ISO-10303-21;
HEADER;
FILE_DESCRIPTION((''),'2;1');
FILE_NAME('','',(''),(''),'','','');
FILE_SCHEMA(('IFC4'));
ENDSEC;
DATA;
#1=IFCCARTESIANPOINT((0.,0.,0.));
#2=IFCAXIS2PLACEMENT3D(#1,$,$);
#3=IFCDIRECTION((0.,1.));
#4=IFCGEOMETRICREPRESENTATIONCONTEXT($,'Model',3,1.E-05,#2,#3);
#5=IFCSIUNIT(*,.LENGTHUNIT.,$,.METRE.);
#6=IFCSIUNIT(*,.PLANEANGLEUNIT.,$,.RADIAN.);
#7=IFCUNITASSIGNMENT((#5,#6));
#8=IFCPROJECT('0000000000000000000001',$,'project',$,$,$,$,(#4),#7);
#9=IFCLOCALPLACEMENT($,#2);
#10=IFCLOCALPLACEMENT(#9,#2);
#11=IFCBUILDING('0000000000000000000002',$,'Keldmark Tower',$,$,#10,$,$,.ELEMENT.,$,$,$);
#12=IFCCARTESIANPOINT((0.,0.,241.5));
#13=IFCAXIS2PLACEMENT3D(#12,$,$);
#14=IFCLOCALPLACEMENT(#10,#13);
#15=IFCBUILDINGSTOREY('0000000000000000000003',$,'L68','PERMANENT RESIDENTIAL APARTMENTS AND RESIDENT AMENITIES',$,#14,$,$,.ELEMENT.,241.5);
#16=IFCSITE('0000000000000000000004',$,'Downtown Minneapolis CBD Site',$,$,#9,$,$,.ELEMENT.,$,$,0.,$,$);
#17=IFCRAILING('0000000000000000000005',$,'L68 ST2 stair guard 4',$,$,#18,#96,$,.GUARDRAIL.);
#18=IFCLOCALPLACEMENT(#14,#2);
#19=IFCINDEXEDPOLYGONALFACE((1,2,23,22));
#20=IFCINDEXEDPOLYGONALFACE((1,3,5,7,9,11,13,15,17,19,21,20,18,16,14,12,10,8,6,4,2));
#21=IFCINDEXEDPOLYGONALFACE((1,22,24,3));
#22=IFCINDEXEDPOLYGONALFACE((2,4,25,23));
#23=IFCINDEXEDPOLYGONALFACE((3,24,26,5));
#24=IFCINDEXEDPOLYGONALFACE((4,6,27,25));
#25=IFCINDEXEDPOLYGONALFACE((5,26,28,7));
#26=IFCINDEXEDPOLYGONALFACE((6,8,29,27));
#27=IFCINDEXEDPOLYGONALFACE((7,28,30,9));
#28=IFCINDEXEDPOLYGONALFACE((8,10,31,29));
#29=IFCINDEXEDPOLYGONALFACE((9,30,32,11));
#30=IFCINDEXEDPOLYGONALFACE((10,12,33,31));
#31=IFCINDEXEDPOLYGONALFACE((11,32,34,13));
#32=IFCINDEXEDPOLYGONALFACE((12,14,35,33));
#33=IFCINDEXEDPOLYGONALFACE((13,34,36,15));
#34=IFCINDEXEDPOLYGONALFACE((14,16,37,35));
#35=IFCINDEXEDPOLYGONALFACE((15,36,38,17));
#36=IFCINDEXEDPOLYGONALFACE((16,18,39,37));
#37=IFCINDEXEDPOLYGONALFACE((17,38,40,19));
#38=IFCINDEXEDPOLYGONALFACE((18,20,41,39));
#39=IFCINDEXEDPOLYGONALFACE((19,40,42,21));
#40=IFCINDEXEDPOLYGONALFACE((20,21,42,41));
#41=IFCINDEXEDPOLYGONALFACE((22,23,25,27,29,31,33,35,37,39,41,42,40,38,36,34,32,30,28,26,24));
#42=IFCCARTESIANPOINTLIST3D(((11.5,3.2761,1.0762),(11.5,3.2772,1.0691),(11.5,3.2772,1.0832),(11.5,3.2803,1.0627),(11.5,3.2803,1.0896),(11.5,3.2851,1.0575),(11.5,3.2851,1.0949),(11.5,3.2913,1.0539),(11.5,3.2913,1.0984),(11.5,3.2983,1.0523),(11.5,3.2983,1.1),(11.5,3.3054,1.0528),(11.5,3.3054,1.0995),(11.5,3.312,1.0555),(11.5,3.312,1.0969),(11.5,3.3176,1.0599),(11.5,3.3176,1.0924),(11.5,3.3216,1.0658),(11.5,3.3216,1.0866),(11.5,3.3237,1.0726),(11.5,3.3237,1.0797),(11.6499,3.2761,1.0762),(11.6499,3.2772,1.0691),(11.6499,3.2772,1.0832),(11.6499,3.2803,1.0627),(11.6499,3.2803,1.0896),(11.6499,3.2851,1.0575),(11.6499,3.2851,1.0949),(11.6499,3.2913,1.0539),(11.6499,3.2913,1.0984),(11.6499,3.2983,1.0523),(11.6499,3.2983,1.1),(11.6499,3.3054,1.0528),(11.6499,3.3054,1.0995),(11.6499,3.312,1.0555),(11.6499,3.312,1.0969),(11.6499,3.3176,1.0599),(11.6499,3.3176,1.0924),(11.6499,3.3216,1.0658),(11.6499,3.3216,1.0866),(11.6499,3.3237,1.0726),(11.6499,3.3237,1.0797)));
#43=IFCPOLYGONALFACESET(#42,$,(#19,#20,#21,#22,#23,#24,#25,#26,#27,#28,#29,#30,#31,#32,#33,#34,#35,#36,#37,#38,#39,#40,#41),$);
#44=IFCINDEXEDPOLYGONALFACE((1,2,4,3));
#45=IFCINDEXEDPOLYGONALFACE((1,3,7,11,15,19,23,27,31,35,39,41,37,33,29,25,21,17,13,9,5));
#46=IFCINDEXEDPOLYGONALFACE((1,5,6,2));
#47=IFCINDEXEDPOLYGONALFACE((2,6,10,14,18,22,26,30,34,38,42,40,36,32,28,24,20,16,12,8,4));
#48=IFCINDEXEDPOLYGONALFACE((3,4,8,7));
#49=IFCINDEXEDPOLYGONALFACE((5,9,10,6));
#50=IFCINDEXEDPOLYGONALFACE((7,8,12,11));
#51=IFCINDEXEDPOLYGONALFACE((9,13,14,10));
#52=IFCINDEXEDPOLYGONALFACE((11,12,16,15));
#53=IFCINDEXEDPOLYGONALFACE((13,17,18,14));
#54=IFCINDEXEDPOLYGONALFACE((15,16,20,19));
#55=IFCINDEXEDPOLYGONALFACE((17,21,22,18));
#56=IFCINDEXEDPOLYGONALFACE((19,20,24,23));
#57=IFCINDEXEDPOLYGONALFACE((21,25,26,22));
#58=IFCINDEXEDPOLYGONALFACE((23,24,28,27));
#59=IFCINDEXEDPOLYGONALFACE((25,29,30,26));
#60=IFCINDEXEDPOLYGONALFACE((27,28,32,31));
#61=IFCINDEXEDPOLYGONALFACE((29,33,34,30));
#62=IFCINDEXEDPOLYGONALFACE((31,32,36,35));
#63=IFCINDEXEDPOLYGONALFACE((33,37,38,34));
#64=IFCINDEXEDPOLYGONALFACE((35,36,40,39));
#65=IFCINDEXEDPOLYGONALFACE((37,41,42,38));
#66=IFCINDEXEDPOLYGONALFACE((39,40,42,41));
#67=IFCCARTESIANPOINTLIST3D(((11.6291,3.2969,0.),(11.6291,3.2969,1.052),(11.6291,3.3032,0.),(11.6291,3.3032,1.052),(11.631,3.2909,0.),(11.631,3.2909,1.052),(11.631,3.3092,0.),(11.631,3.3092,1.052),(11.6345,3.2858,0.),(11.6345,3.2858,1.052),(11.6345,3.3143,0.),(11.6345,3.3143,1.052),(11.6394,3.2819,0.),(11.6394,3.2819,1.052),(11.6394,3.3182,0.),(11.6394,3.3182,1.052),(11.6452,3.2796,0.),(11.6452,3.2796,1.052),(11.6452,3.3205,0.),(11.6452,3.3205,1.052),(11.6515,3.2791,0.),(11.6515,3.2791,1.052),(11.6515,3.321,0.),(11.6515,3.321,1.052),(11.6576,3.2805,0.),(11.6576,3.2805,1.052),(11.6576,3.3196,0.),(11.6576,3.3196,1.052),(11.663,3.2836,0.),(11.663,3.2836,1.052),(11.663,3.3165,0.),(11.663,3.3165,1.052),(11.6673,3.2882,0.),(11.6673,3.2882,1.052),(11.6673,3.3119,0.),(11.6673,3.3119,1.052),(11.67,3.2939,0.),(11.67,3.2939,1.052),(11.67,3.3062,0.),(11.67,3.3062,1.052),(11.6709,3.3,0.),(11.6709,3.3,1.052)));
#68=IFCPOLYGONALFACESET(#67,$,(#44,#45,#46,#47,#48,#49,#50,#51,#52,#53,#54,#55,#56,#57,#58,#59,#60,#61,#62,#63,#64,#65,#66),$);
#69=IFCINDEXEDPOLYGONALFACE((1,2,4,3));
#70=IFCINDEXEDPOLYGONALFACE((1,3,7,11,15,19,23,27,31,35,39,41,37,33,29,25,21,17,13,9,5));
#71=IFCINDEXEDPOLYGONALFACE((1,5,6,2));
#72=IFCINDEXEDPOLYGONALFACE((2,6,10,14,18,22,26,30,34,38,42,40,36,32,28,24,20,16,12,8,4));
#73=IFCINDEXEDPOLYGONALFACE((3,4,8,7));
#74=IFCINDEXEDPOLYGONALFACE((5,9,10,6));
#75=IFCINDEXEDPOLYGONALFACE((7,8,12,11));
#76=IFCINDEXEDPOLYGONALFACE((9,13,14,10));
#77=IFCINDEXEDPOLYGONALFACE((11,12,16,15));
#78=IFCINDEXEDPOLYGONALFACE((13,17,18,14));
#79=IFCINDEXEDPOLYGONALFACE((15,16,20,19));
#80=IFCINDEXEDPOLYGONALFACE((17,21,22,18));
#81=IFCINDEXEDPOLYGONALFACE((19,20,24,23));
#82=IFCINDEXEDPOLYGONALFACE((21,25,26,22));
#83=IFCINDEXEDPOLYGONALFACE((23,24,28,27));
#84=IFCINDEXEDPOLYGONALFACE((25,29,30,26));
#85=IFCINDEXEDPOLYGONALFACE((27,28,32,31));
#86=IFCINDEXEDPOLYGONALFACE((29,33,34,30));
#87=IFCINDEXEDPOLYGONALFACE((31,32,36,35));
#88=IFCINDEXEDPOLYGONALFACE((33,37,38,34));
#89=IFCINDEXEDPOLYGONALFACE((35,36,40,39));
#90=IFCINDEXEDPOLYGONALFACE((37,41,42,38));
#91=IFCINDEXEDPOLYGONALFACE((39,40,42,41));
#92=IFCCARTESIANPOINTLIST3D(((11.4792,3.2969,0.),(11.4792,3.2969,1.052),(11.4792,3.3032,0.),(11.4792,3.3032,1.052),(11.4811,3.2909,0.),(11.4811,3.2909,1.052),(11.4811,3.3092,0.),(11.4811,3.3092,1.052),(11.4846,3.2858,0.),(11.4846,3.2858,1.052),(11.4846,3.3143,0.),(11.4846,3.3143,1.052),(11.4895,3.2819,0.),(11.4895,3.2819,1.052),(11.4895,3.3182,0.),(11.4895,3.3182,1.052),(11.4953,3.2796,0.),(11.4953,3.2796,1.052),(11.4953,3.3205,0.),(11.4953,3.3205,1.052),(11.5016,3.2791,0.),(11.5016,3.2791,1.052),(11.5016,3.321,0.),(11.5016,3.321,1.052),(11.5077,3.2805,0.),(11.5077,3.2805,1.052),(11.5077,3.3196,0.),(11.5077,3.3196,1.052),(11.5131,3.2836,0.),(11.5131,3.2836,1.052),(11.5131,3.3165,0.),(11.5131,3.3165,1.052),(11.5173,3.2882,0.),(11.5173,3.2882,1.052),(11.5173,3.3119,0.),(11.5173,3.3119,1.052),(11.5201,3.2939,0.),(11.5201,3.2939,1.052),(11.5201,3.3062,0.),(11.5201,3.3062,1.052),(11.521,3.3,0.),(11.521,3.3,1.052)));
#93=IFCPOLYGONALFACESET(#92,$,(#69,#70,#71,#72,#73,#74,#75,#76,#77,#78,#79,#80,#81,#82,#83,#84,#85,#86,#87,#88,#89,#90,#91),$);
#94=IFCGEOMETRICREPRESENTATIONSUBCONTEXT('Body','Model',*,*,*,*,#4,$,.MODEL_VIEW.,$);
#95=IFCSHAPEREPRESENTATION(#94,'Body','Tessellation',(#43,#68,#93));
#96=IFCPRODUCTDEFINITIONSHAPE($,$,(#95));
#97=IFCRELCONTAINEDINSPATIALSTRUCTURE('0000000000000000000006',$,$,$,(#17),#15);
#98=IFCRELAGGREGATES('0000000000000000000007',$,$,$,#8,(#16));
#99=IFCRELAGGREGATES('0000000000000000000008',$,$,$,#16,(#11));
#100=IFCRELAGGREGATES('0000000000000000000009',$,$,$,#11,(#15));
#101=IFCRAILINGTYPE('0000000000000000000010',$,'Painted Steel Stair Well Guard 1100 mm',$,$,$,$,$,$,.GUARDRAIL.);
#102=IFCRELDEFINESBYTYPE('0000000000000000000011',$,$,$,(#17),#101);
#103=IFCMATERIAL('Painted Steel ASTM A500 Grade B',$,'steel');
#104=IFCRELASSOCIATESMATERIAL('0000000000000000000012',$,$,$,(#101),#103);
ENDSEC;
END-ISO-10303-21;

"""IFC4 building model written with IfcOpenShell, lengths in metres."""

from ifc_helpers import new_model, si_unit, direction, frame, origin, origin_2d, place, context, subcontext, project, spatial, circle, extrude, material, type_object, element, save


model = new_model("IFC4")

# Units and contexts
model_context = context("Model", 3, precision=1e-05, world=origin(), true_north=direction((0.0, 1.0)))
body_context = subcontext(model_context, "Body", "Model", "MODEL_VIEW")
ifc_project = project(units=[si_unit("LENGTHUNIT", "METRE"), si_unit("PLANEANGLEUNIT", "RADIAN")], contexts=[model_context])

# Site, building, storey
site_placement = place(None, origin())
site = spatial("IfcSite", under=ifc_project, at=site_placement, Name="Downtown Minneapolis CBD Site", CompositionType="ELEMENT", RefElevation=0.0)
building_placement = place(site_placement, origin())
building = spatial("IfcBuilding", under=site, at=building_placement, Name="Keldmark Tower", CompositionType="ELEMENT")
storey_placement = place(building_placement, frame((0.0, 0.0, 241.5)))
storey = spatial("IfcBuildingStorey", under=building, at=storey_placement, Name="L68", Description="PERMANENT RESIDENTIAL APARTMENTS AND RESIDENT AMENITIES", CompositionType="ELEMENT", Elevation=241.5)

# Railing
ifc_material_1 = material(Name="Painted Steel ASTM A500 Grade B", Category="steel")
railing_type_1 = type_object("IfcRailingType", Name="Painted Steel Stair Well Guard 1100 mm", PredefinedType="GUARDRAIL", material=ifc_material_1)
railing_1_placement = place(storey_placement, frame((11.6499, 3.3, 0.0)))
element("IfcRailing", 1, at=railing_1_placement, inside=storey, type_object=railing_type_1, Name="L68 ST2 stair guard 4", PredefinedType="GUARDRAIL", context=body_context, shape_type="SweptSolid", body=[
    extrude(circle(Radius=0.0239, at=origin_2d()), frame((0.0, 0.0, 1.0762), z_axis=(-1.0, 0.0, 0.0), x_axis=(0.0, -1.0, 0.0)), (0.0, 0.0, 1.0), 0.1499),
    extrude(circle(Radius=0.021, at=origin_2d()), origin(), (0.0, 0.0, 1.0), 1.052),
    extrude(circle(Radius=0.021, at=origin_2d()), frame((-0.1499, 0.0, 0.0)), (0.0, 0.0, 1.0), 1.052),
])

save(model, "model.ifc")
